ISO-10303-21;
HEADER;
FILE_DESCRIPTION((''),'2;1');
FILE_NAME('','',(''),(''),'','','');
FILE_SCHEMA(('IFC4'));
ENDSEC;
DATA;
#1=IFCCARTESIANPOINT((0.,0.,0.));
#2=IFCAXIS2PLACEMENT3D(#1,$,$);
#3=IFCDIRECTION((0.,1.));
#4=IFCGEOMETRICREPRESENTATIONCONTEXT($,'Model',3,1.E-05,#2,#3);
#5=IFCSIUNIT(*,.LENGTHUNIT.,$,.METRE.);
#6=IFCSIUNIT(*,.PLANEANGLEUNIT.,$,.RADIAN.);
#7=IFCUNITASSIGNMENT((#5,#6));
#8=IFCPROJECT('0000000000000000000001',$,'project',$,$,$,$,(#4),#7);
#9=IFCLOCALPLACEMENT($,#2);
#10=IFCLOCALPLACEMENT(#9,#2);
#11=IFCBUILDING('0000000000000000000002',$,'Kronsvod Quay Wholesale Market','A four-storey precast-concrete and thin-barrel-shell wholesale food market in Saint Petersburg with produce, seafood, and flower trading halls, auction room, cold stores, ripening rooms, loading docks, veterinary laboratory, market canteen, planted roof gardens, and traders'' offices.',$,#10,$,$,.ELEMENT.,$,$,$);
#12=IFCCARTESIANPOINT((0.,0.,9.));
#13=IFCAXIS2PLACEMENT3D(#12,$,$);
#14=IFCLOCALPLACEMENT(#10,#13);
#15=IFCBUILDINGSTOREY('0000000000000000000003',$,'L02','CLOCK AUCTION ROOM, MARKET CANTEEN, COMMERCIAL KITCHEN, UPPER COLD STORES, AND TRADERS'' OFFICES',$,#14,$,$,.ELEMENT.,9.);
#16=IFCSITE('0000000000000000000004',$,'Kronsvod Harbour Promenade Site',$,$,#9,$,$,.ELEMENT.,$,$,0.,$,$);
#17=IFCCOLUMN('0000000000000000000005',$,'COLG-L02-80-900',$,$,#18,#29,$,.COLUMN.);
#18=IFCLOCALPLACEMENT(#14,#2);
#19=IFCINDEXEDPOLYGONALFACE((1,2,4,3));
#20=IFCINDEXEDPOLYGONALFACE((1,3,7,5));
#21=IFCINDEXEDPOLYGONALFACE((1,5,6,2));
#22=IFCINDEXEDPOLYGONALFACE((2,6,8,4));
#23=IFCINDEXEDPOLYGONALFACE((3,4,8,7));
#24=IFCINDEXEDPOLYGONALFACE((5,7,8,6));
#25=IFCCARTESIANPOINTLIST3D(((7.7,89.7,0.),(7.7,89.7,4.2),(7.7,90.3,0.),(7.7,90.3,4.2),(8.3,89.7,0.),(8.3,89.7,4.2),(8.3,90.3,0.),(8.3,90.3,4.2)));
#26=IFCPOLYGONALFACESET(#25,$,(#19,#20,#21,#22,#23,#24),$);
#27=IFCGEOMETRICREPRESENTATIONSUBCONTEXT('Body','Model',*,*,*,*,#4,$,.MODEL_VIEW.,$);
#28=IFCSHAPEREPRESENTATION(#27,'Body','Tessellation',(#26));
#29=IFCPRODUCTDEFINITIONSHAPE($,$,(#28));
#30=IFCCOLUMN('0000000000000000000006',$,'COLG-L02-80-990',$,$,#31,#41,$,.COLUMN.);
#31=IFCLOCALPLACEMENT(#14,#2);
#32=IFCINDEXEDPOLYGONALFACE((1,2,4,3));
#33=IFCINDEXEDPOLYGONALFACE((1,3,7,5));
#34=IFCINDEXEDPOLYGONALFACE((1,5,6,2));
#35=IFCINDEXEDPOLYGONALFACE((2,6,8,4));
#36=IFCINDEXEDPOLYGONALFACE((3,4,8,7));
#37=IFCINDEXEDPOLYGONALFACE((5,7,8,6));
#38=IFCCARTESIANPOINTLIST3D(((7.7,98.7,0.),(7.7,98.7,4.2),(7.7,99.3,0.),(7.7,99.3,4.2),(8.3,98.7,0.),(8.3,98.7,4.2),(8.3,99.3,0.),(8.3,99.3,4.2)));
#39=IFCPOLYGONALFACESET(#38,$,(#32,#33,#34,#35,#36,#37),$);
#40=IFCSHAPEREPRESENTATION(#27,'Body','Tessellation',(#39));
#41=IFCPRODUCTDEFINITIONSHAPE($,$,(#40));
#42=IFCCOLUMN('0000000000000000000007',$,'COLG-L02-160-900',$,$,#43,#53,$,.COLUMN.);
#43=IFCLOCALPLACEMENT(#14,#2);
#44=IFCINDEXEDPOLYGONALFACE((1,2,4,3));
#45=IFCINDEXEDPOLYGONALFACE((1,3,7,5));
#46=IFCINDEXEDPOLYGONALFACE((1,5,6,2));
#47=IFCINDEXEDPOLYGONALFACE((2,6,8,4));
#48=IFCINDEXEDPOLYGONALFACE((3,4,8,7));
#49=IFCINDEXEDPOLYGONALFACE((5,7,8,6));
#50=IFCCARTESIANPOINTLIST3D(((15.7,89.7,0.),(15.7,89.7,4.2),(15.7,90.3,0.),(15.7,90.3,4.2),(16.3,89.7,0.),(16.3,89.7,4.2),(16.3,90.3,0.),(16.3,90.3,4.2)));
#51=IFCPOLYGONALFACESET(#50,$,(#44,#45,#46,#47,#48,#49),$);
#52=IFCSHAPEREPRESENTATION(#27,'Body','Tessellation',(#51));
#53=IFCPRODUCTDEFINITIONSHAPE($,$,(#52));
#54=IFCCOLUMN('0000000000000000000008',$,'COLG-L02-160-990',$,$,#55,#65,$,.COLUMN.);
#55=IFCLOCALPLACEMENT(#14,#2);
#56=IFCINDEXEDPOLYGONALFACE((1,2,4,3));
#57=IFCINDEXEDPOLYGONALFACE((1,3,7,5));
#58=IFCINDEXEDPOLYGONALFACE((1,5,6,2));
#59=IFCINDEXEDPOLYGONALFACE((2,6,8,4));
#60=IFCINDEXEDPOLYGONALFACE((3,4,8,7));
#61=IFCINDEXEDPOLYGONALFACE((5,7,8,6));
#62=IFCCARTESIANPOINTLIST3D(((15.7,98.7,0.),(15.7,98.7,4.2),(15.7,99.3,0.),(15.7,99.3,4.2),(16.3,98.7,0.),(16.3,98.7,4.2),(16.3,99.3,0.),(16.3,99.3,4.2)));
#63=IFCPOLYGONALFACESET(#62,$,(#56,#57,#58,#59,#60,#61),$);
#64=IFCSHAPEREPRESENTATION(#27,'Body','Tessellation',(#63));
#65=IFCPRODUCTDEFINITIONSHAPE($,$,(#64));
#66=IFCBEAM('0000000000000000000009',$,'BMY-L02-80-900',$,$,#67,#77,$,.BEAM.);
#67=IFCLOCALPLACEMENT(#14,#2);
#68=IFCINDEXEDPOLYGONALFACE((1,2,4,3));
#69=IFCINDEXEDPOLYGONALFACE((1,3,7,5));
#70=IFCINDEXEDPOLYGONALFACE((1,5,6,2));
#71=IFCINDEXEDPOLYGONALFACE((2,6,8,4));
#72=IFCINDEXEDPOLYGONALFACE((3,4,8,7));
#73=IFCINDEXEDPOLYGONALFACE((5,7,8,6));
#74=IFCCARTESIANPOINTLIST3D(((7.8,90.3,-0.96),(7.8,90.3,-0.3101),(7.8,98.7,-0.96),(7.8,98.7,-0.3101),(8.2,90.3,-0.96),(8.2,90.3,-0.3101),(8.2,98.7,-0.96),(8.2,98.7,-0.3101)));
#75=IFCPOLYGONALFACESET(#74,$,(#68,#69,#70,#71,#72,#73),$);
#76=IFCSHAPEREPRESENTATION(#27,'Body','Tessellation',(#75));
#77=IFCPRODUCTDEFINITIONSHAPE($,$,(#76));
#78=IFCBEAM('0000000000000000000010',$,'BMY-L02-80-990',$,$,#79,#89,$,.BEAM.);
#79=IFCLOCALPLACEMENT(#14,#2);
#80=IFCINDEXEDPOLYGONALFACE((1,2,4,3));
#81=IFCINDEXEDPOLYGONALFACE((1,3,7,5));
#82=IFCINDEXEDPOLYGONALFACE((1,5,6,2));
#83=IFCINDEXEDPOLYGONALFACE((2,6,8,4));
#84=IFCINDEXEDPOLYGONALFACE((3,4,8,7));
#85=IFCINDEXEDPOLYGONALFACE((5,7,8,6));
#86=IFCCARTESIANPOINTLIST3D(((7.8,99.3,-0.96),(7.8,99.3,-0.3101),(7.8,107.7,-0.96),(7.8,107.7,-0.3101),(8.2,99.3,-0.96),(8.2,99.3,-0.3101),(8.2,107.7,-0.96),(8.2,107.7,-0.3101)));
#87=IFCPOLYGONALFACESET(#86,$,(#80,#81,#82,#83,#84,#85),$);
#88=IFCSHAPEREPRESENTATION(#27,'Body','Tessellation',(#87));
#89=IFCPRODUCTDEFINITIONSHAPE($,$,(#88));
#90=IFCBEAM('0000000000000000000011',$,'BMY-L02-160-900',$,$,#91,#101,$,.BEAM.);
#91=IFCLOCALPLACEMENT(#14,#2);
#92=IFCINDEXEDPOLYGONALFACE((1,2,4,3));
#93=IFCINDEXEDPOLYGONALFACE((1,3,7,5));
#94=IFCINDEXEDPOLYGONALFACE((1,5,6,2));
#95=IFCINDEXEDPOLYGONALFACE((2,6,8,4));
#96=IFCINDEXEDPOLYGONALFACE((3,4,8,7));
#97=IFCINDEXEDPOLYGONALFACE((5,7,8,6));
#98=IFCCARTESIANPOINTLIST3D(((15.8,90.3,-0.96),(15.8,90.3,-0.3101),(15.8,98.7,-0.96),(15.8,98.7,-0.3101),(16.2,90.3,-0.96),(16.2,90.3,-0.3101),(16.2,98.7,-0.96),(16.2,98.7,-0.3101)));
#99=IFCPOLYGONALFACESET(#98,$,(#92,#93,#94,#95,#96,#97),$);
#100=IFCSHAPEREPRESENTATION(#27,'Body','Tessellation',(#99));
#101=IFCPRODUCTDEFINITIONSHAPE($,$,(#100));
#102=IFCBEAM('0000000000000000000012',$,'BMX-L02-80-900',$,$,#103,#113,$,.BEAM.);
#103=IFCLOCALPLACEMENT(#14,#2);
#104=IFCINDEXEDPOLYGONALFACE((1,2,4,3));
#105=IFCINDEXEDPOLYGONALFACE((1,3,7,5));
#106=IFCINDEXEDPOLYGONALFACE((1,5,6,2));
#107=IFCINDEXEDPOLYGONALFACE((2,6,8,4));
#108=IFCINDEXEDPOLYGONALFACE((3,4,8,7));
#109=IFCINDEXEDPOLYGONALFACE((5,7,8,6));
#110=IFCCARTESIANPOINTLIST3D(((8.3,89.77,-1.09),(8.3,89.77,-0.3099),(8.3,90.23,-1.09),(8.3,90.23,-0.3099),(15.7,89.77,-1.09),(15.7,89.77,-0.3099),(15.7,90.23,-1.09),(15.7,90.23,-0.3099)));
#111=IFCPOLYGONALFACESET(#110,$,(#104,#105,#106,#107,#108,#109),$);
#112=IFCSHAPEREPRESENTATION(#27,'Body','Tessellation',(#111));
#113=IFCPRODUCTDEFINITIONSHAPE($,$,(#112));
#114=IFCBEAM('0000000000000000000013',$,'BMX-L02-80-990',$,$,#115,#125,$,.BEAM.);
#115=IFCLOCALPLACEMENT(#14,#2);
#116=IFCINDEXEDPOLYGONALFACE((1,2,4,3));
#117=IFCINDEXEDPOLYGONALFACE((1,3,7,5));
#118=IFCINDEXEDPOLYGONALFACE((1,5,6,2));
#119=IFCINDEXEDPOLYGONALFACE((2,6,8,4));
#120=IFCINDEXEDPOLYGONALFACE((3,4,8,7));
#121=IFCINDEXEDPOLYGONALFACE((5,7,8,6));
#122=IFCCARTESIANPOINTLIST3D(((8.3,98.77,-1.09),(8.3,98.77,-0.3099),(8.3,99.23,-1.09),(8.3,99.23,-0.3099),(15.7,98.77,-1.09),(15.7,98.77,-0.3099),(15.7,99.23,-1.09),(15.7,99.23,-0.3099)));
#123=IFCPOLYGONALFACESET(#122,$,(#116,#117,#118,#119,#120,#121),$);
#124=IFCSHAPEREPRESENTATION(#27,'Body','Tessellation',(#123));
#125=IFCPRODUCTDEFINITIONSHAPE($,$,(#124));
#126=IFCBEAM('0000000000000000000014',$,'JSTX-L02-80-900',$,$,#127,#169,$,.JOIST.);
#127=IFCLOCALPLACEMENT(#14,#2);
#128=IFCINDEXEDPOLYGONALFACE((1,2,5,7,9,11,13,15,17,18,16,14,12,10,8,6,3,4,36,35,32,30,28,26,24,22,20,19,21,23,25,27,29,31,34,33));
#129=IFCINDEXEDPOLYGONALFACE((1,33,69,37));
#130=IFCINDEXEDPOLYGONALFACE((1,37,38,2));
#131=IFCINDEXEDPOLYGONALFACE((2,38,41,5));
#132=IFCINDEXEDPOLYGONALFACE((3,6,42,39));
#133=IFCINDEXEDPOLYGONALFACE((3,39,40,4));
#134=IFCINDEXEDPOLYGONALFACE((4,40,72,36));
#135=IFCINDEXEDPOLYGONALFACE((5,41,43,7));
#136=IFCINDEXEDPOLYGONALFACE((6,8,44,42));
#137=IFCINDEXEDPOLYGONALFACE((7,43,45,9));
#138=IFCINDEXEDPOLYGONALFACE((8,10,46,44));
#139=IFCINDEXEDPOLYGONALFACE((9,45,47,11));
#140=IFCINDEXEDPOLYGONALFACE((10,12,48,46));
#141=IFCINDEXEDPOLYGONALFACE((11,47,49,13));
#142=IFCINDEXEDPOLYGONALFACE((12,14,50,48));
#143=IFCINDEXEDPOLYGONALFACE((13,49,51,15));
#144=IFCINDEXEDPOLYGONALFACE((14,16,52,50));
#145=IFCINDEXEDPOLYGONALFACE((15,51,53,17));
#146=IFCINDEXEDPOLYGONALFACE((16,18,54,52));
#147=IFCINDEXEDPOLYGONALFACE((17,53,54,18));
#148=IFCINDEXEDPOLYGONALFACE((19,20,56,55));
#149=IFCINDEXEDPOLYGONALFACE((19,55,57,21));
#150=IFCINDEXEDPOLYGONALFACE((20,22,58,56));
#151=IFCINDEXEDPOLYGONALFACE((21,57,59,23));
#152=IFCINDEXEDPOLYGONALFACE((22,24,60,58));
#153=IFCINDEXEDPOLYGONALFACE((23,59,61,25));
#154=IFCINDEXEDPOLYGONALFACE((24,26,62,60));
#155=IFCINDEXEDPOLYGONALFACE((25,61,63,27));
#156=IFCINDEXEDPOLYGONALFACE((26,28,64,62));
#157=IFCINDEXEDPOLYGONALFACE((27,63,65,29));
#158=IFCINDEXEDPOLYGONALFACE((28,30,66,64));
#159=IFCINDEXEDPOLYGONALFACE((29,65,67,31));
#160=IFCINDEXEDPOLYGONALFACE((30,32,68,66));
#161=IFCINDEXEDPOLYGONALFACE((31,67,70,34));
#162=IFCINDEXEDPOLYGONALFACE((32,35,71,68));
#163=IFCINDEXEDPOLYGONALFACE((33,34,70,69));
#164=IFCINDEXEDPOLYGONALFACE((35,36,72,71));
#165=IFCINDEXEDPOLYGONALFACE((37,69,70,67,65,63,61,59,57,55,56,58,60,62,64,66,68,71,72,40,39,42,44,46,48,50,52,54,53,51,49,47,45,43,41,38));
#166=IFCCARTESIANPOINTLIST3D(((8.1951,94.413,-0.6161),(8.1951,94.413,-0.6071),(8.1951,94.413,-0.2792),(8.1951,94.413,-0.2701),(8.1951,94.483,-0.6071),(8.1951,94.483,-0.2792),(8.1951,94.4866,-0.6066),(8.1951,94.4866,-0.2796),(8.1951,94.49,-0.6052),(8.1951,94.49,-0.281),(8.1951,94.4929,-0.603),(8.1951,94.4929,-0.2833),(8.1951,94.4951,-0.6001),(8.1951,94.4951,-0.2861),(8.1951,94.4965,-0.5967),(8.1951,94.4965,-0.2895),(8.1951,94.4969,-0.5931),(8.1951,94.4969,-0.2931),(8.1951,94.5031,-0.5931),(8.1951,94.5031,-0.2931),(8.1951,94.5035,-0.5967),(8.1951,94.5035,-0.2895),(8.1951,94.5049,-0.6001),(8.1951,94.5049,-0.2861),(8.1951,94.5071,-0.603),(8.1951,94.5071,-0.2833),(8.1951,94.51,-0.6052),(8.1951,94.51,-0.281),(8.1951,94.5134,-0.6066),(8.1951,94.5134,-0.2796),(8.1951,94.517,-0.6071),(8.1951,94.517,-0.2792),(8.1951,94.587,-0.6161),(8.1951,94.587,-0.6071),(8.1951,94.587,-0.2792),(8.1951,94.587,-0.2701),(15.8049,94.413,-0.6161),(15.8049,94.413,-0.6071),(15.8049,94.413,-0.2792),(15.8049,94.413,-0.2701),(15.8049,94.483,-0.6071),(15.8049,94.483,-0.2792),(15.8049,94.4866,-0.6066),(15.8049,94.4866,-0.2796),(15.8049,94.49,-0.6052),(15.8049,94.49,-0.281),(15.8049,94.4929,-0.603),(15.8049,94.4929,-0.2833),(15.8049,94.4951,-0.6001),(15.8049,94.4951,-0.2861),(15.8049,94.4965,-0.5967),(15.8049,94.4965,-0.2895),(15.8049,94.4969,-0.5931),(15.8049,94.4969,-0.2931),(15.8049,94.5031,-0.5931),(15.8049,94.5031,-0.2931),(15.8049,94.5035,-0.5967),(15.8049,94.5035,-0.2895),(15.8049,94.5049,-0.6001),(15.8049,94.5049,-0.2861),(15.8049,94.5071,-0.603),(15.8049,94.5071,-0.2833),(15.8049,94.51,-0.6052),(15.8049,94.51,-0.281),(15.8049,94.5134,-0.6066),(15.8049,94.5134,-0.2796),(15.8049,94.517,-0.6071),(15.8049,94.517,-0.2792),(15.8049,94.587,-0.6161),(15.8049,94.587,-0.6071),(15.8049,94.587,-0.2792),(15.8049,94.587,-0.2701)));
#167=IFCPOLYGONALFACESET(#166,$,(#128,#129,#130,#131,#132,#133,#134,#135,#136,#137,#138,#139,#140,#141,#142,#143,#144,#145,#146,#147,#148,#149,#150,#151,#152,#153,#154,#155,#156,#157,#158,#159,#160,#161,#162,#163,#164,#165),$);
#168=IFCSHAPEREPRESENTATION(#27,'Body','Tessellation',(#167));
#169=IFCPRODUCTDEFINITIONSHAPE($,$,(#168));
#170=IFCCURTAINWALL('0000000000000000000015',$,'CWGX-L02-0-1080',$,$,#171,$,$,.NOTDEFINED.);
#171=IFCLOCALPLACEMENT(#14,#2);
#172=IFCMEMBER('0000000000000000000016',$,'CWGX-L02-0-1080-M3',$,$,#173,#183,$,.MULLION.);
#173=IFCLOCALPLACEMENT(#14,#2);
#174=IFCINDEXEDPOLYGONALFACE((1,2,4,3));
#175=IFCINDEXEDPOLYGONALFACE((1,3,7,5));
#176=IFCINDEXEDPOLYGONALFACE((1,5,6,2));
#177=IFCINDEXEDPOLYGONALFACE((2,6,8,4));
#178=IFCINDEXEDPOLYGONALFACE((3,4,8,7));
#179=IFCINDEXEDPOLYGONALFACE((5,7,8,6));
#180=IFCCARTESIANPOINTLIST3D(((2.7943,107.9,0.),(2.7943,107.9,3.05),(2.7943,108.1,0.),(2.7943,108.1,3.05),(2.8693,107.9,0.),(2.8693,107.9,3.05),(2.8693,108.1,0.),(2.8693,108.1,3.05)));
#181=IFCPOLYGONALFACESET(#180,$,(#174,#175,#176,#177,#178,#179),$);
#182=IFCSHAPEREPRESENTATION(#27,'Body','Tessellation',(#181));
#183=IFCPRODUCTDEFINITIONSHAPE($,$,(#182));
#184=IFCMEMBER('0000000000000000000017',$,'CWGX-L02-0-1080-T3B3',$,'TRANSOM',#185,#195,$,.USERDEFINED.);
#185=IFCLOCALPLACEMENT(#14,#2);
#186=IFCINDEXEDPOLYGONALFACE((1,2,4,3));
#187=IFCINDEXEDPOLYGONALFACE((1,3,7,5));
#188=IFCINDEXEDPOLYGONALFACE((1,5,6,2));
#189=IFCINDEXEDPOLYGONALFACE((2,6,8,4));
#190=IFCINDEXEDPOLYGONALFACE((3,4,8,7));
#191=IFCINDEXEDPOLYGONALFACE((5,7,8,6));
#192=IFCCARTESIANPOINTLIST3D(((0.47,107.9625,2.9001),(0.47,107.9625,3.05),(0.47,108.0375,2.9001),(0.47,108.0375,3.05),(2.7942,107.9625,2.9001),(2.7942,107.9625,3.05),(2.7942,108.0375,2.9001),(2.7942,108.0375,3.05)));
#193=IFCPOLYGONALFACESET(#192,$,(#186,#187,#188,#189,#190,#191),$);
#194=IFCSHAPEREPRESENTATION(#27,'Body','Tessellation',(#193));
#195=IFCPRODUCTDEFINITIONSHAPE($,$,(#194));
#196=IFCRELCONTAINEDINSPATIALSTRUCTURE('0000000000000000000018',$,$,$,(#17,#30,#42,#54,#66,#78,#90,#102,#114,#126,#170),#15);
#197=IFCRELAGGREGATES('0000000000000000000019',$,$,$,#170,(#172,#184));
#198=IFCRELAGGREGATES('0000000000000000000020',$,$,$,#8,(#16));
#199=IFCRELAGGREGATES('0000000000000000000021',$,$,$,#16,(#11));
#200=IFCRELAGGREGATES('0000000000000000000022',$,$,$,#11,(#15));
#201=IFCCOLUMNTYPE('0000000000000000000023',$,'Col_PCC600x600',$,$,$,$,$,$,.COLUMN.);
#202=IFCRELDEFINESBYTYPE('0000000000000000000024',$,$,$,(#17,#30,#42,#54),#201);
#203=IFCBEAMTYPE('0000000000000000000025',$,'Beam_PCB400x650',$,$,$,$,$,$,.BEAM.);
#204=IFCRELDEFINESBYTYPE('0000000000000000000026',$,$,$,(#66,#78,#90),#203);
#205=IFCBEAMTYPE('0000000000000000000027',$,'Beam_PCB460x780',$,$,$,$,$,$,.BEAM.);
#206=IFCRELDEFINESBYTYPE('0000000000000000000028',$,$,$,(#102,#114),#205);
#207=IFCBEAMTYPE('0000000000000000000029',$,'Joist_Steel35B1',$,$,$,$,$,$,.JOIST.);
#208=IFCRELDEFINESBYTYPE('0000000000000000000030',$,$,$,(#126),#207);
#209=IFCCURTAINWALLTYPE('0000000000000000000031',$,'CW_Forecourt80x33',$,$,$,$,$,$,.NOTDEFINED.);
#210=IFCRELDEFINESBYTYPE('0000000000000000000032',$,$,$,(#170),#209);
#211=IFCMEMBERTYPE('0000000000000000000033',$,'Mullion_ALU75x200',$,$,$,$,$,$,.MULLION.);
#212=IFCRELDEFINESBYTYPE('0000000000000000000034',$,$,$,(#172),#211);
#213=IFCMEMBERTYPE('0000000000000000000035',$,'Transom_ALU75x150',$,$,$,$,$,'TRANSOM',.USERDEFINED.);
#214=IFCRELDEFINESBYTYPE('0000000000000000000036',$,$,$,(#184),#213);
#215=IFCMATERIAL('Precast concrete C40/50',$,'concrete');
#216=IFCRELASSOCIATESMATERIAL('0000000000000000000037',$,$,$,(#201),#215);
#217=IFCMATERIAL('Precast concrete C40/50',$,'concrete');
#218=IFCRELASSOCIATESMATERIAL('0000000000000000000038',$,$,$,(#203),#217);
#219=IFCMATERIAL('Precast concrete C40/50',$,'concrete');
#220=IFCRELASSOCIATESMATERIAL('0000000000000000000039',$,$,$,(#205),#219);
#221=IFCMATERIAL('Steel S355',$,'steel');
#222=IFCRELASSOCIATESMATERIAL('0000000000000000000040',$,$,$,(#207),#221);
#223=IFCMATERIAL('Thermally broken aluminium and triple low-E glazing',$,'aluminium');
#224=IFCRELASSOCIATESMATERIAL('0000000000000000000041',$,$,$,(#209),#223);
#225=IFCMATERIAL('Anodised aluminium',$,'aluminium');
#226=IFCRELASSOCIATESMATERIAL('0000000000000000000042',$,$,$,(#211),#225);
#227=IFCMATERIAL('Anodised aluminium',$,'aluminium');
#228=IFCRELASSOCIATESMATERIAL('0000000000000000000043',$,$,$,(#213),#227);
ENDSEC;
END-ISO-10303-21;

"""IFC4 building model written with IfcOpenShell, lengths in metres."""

from ifc_helpers import new_model, si_unit, direction, frame, origin, origin_2d, place, context, subcontext, project, spatial, rectangle, i_section, extrude, material, material_profile, profile_set, type_object, element, aggregate, save


model = new_model("IFC4")

# Units and contexts
model_context = context("Model", 3, precision=1e-05, world=origin(), true_north=direction((0.0, 1.0)))
body_context = subcontext(model_context, "Body", "Model", "MODEL_VIEW")
ifc_project = project(units=[si_unit("LENGTHUNIT", "METRE"), si_unit("PLANEANGLEUNIT", "RADIAN")], contexts=[model_context])

# Site, building, storey
site_placement = place(None, origin())
site = spatial("IfcSite", under=ifc_project, at=site_placement, Name="Kronsvod Harbour Promenade Site", CompositionType="ELEMENT", RefElevation=0.0)
building_placement = place(site_placement, origin())
building = spatial("IfcBuilding", under=site, at=building_placement, Name="Kronsvod Quay Wholesale Market", Description="A four-storey precast-concrete and thin-barrel-shell wholesale food market in Saint Petersburg with produce, seafood, and flower trading halls, auction room, cold stores, ripening rooms, loading docks, veterinary laboratory, market canteen, planted roof gardens, and traders' offices.", CompositionType="ELEMENT")
storey_placement = place(building_placement, frame((0.0, 0.0, 9.0)))
storey = spatial("IfcBuildingStorey", under=building, at=storey_placement, Name="L02", Description="CLOCK AUCTION ROOM, MARKET CANTEEN, COMMERCIAL KITCHEN, UPPER COLD STORES, AND TRADERS' OFFICES", CompositionType="ELEMENT", Elevation=9.0)

# Columns
ifc_material_1 = material(Name="Precast concrete C40/50", Category="concrete")
ifc_material_profile_1 = material_profile(ifc_material_1, rectangle(XDim=0.6001, YDim=0.6001, at=origin_2d()), Name="PCC600x600")
ifc_profile_set_1 = profile_set([ifc_material_profile_1], Name="Precast concrete C40/50")
column_type = type_object("IfcColumnType", Name="Col_PCC600x600", PredefinedType="COLUMN", material=ifc_profile_set_1)
for number, where, z_axis, x_axis, name in (
    (1, (8.0, 90.0, 0.0), (0.0, 0.0, 1.0), (1.0, 0.0, 0.0), "COLG-L02-80-900"),
    (2, (8.0, 99.0, 0.0), (0.0, 0.0, 1.0), (1.0, 0.0, 0.0), "COLG-L02-80-990"),
    (3, (16.0, 90.0, 0.0), (0.0, 0.0, 1.0), (1.0, 0.0, 0.0), "COLG-L02-160-900"),
    (4, (16.0, 99.0, 0.0), (0.0, 0.0, 1.0), (1.0, 0.0, 0.0), "COLG-L02-160-990"),
):
    element("IfcColumn", number, at=place(storey_placement, frame(where, z_axis=z_axis, x_axis=x_axis)), inside=storey, type_object=column_type, Name=name, PredefinedType="COLUMN", context=body_context, shape_type="SweptSolid", body=[
        extrude(rectangle(XDim=0.6001, YDim=0.6001, at=origin_2d()), origin(), (0.0, 0.0, 1.0), 4.2),
    ])

# Beams
ifc_material_2 = material(Name="Precast concrete C40/50", Category="concrete")
ifc_material_profile_2 = material_profile(ifc_material_2, rectangle(XDim=0.3999, YDim=0.6499, at=origin_2d()), Name="PCB400x650")
ifc_profile_set_2 = profile_set([ifc_material_profile_2], Name="Precast concrete C40/50")
beam_type_1 = type_object("IfcBeamType", Name="Beam_PCB400x650", PredefinedType="BEAM", material=ifc_profile_set_2)
for number, where, z_axis, x_axis, name in (
    (5, (8.0, 90.3, -0.635), (0.0, 1.0, 0.0), (-1.0, 0.0, 0.0), "BMY-L02-80-900"),
    (6, (8.0, 99.3, -0.635), (0.0, 1.0, 0.0), (-1.0, 0.0, 0.0), "BMY-L02-80-990"),
    (7, (16.0, 90.3, -0.635), (0.0, 1.0, 0.0), (-1.0, 0.0, 0.0), "BMY-L02-160-900"),
):
    element("IfcBeam", number, at=place(storey_placement, frame(where, z_axis=z_axis, x_axis=x_axis)), inside=storey, type_object=beam_type_1, Name=name, PredefinedType="BEAM", context=body_context, shape_type="SweptSolid", body=[
        extrude(rectangle(XDim=0.3999, YDim=0.6499, at=origin_2d()), origin(), (0.0, 0.0, 1.0), 8.3999),
    ])
ifc_material_3 = material(Name="Precast concrete C40/50", Category="concrete")
ifc_material_profile_3 = material_profile(ifc_material_3, rectangle(XDim=0.46, YDim=0.78, at=origin_2d()), Name="PB-03")
ifc_profile_set_3 = profile_set([ifc_material_profile_3], Name="Precast concrete C40/50")
beam_type_2 = type_object("IfcBeamType", Name="Beam_PCB460x780", PredefinedType="BEAM", material=ifc_profile_set_3)
for number, where, z_axis, x_axis, name in (
    (8, (8.3, 90.0, -0.7), (1.0, 0.0, 0.0), (0.0, 1.0, 0.0), "BMX-L02-80-900"),
    (9, (8.3, 99.0, -0.7), (1.0, 0.0, 0.0), (0.0, 1.0, 0.0), "BMX-L02-80-990"),
):
    element("IfcBeam", number, at=place(storey_placement, frame(where, z_axis=z_axis, x_axis=x_axis)), inside=storey, type_object=beam_type_2, Name=name, PredefinedType="BEAM", context=body_context, shape_type="SweptSolid", body=[
        extrude(rectangle(XDim=0.46, YDim=0.78, at=origin_2d()), origin(), (0.0, 0.0, 1.0), 7.3999),
    ])
ifc_material_4 = material(Name="Steel S355", Category="steel")
ifc_material_profile_4 = material_profile(ifc_material_4, i_section(OverallWidth=0.1741, OverallDepth=0.3459, WebThickness=0.0061, FlangeThickness=0.009, FilletRadius=0.0139, at=origin_2d()), Name="35B1")
ifc_profile_set_4 = profile_set([ifc_material_profile_4], Name="Steel S355")
beam_type_3 = type_object("IfcBeamType", Name="Joist_Steel35B1", PredefinedType="JOIST", material=ifc_profile_set_4)
beam_placement = place(storey_placement, frame((8.1951, 94.5, -0.4431), z_axis=(1.0, 0.0, 0.0), x_axis=(0.0, 1.0, 0.0)))
element("IfcBeam", 10, at=beam_placement, inside=storey, type_object=beam_type_3, Name="JSTX-L02-80-900", PredefinedType="JOIST", context=body_context, shape_type="SweptSolid", body=[
    extrude(i_section(OverallWidth=0.1741, OverallDepth=0.3459, WebThickness=0.0061, FlangeThickness=0.009, FilletRadius=0.0139, at=origin_2d()), origin(), (0.0, 0.0, 1.0), 7.6099),
])

# Curtain wall, members
ifc_material_5 = material(Name="Thermally broken aluminium and triple low-E glazing", Category="aluminium")
curtain_wall_type = type_object("IfcCurtainWallType", Name="CW_Forecourt80x33", PredefinedType="NOTDEFINED", material=ifc_material_5)
curtain_wall_placement = place(storey_placement, origin())
curtain_wall = element("IfcCurtainWall", 11, at=curtain_wall_placement, inside=storey, type_object=curtain_wall_type, Name="CWGX-L02-0-1080", PredefinedType="NOTDEFINED")
ifc_material_6 = material(Name="Anodised aluminium", Category="aluminium")
ifc_material_profile_5 = material_profile(ifc_material_6, rectangle(XDim=0.075, YDim=0.2, at=origin_2d()), Name="ALUM75x200")
ifc_profile_set_5 = profile_set([ifc_material_profile_5], Name="Anodised aluminium")
member_type_1 = type_object("IfcMemberType", Name="Mullion_ALU75x200", PredefinedType="MULLION", material=ifc_profile_set_5)
member_1_placement = place(storey_placement, frame((2.8318, 108.0, 0.0), z_axis=(0.0, 0.0, 1.0), x_axis=(1.0, 0.0, 0.0)))
member_1 = element("IfcMember", 12, at=member_1_placement, type_object=member_type_1, Name="CWGX-L02-0-1080-M3", PredefinedType="MULLION", context=body_context, shape_type="SweptSolid", body=[
    extrude(rectangle(XDim=0.075, YDim=0.2, at=origin_2d()), origin(), (0.0, 0.0, 1.0), 3.05),
])
ifc_material_7 = material(Name="Anodised aluminium", Category="aluminium")
ifc_material_profile_6 = material_profile(ifc_material_7, rectangle(XDim=0.075, YDim=0.1499, at=origin_2d()), Name="ALUT75x150")
ifc_profile_set_6 = profile_set([ifc_material_profile_6], Name="Anodised aluminium")
member_type_2 = type_object("IfcMemberType", Name="Transom_ALU75x150", ElementType="TRANSOM", PredefinedType="USERDEFINED", material=ifc_profile_set_6)
member_2_placement = place(storey_placement, frame((2.7942, 108.0, 2.9751), z_axis=(-1.0, 0.0, 0.0), x_axis=(0.0, -1.0, 0.0)))
member_2 = element("IfcMember", 13, at=member_2_placement, type_object=member_type_2, Name="CWGX-L02-0-1080-T3B3", ObjectType="TRANSOM", PredefinedType="USERDEFINED", context=body_context, shape_type="SweptSolid", body=[
    extrude(rectangle(XDim=0.075, YDim=0.1499, at=origin_2d()), origin(), (0.0, 0.0, 1.0), 2.3242),
])
aggregate(curtain_wall, [member_1, member_2])

save(model, "model.ifc")
